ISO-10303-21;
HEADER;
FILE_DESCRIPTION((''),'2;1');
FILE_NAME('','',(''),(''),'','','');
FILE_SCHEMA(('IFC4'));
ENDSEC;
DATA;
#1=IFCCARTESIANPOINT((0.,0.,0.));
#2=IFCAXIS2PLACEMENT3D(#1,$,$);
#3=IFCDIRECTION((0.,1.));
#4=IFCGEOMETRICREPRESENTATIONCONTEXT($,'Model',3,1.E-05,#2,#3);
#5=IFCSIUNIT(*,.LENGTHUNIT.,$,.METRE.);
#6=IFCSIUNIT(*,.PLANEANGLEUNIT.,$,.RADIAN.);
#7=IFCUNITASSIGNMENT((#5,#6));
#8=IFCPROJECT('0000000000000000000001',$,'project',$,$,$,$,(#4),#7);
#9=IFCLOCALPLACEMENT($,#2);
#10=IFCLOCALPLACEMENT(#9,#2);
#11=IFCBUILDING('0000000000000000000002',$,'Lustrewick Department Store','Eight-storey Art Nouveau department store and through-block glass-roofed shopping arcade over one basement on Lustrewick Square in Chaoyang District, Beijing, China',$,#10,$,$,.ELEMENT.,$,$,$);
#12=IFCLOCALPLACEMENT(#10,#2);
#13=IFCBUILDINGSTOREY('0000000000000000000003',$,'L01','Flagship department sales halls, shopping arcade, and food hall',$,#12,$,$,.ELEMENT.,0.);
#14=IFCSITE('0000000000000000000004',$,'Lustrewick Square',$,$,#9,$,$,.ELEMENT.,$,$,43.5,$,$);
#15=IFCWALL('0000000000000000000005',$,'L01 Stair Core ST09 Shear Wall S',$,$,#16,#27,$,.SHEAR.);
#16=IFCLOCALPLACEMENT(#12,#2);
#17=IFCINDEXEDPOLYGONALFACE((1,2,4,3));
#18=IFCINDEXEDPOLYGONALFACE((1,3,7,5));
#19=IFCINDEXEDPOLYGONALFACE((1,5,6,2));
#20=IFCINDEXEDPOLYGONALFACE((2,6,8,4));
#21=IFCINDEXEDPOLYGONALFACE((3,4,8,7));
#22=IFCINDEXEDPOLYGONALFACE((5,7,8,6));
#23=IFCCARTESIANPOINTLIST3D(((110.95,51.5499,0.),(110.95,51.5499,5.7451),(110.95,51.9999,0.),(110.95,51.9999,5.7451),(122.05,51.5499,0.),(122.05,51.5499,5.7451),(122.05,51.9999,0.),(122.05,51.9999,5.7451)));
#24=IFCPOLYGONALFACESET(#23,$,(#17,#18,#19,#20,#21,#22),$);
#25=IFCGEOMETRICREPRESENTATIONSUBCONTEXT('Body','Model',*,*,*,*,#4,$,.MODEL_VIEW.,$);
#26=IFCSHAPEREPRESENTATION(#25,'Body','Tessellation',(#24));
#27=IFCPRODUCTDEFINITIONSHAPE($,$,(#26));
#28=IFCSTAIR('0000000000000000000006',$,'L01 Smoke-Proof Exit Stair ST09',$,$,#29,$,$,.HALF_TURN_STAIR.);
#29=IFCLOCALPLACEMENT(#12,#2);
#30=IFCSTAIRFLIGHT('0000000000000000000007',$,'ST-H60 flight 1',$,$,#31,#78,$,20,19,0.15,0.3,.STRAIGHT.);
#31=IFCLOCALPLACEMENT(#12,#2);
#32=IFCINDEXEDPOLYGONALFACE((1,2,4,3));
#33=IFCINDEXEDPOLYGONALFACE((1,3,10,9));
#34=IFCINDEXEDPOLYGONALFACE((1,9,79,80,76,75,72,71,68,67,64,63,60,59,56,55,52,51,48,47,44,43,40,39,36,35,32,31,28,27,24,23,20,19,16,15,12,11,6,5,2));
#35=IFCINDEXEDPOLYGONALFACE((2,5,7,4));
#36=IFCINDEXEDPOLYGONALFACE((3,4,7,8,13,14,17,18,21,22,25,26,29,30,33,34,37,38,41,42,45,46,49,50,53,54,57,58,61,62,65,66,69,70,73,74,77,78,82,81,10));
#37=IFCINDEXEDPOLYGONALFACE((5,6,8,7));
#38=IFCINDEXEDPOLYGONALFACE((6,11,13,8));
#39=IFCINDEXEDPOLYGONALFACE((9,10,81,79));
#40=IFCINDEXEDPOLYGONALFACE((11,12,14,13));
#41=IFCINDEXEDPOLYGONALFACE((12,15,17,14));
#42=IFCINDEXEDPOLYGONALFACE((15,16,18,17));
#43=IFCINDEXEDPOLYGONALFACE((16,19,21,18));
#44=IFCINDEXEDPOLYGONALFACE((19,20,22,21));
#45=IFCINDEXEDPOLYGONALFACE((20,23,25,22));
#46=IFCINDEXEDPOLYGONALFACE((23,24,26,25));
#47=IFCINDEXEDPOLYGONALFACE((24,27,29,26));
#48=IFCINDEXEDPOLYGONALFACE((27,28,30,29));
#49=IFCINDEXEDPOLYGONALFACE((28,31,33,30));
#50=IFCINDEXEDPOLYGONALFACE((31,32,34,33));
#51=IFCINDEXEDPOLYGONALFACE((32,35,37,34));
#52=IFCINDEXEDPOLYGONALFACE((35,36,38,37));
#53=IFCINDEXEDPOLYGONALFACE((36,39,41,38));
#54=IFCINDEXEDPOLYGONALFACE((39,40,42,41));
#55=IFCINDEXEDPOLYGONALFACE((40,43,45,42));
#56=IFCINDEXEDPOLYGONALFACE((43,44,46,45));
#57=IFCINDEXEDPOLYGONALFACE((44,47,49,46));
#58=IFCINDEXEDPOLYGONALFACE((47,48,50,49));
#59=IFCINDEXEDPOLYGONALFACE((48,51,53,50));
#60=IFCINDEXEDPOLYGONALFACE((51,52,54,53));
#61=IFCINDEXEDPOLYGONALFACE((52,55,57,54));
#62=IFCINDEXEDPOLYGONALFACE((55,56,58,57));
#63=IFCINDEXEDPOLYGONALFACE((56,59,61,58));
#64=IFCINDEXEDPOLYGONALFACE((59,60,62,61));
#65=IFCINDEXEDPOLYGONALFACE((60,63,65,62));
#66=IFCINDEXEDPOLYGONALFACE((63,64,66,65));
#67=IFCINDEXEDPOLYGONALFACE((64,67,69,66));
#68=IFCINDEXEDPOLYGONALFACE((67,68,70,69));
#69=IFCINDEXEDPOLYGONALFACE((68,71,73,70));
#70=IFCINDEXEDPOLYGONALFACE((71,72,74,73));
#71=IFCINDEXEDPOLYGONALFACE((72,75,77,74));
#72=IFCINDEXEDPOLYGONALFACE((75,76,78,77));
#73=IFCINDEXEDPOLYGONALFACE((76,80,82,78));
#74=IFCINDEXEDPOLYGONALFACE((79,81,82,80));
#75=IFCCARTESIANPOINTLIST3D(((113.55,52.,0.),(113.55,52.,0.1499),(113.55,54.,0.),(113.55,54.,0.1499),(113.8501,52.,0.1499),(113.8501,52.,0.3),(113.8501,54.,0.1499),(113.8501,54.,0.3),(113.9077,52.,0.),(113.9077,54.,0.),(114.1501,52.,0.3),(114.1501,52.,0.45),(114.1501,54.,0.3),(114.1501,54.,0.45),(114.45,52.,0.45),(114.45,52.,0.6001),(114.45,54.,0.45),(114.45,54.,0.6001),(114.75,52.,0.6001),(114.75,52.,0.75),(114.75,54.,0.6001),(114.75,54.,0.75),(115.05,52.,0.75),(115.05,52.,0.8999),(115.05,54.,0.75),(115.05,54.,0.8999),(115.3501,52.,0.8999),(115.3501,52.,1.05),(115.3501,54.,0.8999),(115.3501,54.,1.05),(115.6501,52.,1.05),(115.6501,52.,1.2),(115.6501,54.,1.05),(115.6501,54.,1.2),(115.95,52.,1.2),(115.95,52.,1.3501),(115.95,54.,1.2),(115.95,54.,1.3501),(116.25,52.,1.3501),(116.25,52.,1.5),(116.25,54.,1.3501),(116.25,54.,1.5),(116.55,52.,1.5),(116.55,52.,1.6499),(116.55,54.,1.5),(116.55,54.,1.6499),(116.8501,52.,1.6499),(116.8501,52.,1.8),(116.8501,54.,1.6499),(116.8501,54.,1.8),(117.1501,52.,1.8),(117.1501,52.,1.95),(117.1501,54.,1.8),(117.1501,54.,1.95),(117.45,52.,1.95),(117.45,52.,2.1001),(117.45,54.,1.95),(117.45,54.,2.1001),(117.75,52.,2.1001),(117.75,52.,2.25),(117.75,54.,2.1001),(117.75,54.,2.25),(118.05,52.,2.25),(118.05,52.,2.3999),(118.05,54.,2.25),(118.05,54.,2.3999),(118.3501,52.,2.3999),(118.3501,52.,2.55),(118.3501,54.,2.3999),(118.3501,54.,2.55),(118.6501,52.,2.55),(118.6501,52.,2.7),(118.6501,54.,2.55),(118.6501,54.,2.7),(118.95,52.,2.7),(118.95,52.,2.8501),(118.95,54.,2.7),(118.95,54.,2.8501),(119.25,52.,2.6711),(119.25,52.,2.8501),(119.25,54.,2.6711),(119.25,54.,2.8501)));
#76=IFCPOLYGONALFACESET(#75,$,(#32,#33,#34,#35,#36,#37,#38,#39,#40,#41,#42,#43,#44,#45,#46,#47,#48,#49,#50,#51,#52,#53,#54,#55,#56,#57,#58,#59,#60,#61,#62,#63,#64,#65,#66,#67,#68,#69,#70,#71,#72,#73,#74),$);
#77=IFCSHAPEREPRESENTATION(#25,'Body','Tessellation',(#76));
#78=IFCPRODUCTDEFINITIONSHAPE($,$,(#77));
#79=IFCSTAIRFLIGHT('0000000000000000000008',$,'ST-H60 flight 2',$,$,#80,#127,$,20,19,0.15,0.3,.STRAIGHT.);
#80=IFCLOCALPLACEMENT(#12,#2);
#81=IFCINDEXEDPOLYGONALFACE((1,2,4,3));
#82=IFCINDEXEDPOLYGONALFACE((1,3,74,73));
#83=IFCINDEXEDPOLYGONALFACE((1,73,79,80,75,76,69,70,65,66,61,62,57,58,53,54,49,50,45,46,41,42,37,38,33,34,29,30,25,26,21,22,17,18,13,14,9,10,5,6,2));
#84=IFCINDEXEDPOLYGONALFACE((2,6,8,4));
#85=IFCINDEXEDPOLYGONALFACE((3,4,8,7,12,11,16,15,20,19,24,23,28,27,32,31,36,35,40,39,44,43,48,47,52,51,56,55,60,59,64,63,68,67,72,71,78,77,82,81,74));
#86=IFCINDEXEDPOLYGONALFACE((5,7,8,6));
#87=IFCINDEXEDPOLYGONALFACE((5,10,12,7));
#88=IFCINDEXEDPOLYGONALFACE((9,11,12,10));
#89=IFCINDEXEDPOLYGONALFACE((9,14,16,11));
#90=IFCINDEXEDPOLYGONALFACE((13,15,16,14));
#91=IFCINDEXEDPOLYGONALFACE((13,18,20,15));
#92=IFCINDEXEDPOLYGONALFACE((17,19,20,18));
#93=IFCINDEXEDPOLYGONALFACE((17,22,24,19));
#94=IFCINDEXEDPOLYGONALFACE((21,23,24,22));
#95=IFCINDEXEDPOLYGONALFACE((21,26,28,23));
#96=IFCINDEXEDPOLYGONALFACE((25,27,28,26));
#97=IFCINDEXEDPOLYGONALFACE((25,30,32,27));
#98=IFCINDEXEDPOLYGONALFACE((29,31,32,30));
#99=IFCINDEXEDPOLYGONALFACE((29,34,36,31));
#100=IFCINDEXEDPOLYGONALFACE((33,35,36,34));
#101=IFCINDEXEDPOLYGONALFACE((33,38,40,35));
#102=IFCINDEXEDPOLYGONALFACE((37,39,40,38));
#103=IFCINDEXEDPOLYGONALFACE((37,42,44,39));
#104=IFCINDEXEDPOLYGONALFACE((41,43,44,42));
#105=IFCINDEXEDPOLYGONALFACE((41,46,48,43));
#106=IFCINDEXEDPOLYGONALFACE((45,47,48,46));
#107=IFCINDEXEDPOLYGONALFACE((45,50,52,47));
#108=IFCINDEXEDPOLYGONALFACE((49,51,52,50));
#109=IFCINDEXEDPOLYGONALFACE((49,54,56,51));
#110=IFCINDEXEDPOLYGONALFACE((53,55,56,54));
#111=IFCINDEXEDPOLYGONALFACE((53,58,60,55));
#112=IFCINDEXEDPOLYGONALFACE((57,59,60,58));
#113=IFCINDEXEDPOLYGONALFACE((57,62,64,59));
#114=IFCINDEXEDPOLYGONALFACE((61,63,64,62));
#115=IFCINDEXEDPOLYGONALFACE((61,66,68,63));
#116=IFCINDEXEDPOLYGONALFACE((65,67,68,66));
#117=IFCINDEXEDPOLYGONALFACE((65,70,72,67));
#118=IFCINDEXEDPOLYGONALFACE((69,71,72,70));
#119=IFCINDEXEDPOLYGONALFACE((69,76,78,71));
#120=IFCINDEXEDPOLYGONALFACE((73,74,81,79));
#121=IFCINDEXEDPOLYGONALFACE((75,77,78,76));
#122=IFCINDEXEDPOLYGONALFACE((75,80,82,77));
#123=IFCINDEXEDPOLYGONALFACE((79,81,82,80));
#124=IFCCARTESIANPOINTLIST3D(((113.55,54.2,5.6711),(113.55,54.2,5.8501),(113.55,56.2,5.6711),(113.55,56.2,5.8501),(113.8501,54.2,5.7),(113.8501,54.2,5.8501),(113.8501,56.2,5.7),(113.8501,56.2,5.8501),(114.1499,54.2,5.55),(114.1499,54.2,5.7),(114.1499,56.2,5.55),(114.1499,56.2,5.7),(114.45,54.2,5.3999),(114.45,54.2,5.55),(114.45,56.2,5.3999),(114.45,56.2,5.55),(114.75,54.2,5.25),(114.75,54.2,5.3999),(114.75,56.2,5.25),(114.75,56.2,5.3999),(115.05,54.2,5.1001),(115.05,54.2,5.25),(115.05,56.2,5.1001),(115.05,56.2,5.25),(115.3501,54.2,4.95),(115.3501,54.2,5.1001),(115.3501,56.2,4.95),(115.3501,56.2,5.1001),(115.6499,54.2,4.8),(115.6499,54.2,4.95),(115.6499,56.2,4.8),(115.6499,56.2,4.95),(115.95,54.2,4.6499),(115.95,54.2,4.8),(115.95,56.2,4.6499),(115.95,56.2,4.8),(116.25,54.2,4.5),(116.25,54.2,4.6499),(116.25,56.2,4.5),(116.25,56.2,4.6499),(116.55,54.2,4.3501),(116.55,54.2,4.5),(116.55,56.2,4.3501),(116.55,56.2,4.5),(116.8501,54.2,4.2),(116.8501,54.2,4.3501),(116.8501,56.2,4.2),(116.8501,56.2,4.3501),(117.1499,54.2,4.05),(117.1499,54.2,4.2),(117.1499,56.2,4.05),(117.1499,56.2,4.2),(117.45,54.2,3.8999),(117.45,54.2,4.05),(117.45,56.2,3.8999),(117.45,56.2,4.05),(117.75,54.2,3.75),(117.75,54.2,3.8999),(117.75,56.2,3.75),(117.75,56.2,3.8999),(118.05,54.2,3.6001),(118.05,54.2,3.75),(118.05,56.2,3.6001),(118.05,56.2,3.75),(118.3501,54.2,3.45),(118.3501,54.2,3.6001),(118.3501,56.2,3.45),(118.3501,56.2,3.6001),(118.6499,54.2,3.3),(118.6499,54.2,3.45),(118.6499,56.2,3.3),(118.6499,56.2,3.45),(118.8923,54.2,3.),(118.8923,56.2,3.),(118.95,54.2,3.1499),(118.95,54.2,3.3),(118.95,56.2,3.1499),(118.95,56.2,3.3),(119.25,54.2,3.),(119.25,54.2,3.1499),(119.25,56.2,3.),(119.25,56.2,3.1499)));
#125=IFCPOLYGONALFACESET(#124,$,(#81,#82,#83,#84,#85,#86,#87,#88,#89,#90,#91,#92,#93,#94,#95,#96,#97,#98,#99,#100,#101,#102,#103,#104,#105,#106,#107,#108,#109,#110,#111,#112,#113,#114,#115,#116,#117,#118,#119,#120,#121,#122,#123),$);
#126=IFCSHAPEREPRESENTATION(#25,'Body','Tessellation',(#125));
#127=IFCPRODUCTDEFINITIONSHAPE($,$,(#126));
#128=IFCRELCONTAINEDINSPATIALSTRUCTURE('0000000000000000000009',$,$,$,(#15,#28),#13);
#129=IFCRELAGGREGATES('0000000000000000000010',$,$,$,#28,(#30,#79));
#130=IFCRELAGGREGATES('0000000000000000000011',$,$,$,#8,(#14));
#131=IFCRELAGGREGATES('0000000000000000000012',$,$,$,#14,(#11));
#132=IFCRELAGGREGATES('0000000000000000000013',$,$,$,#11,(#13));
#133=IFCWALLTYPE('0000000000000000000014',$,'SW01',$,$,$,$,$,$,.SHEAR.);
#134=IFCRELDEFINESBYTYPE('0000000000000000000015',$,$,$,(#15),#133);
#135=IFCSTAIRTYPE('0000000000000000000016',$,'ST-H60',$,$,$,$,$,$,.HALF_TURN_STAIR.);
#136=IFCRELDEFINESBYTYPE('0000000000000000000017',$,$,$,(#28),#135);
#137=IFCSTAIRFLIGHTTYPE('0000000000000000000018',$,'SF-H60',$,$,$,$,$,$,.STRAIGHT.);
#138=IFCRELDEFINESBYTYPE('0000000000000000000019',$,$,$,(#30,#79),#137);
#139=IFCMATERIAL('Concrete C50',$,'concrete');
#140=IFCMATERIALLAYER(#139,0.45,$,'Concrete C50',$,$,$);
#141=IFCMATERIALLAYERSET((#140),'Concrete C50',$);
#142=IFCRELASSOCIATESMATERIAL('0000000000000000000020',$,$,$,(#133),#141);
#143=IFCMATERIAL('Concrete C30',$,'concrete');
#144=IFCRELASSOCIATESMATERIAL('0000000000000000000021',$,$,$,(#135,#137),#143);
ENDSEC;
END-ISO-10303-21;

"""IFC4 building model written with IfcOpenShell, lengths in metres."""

from ifc_helpers import new_model, si_unit, direction, frame, frame_2d, origin, place, context, subcontext, project, spatial, polyline, rectangle, outline, extrude, material, layer, layer_set, type_object, element, aggregate, save


model = new_model("IFC4")

# Units and contexts
model_context = context("Model", 3, precision=1e-05, world=origin(), true_north=direction((0.0, 1.0)))
body_context = subcontext(model_context, "Body", "Model", "MODEL_VIEW")
ifc_project = project(units=[si_unit("LENGTHUNIT", "METRE"), si_unit("PLANEANGLEUNIT", "RADIAN")], contexts=[model_context])

# Site, building, storey
site_placement = place(None, origin())
site = spatial("IfcSite", under=ifc_project, at=site_placement, Name="Lustrewick Square", CompositionType="ELEMENT", RefElevation=43.5)
building_placement = place(site_placement, origin())
building = spatial("IfcBuilding", under=site, at=building_placement, Name="Lustrewick Department Store", Description="Eight-storey Art Nouveau department store and through-block glass-roofed shopping arcade over one basement on Lustrewick Square in Chaoyang District, Beijing, China", CompositionType="ELEMENT")
storey_placement = place(building_placement, origin())
storey = spatial("IfcBuildingStorey", under=building, at=storey_placement, Name="L01", Description="Flagship department sales halls, shopping arcade, and food hall", CompositionType="ELEMENT", Elevation=0.0)

# Wall
ifc_material_1 = material(Name="Concrete C50", Category="concrete")
ifc_layer_1 = layer(ifc_material_1, 0.45, Name="Concrete C50")
ifc_layer_set_1 = layer_set([ifc_layer_1], Name="Concrete C50")
wall_type_1 = type_object("IfcWallType", Name="SW01", PredefinedType="SHEAR", material=ifc_layer_set_1)
wall_1_placement = place(storey_placement, frame((110.95, 51.7749, 0.0), z_axis=(0.0, 0.0, 1.0), x_axis=(1.0, 0.0, 0.0)))
element("IfcWall", 1, at=wall_1_placement, inside=storey, type_object=wall_type_1, Name="L01 Stair Core ST09 Shear Wall S", PredefinedType="SHEAR", context=body_context, shape_type="SweptSolid", body=[
    extrude(rectangle(XDim=11.1001, YDim=0.45, at=frame_2d((5.55, 0.0))), origin(), (0.0, 0.0, 1.0), 5.7451),
])

# Stair, stair flights
ifc_material_2 = material(Name="Concrete C30", Category="concrete")
stair_type = type_object("IfcStairType", Name="ST-H60", PredefinedType="HALF_TURN_STAIR", material=ifc_material_2)
stair_placement = place(storey_placement, origin())
stair = element("IfcStair", 2, at=stair_placement, inside=storey, type_object=stair_type, Name="L01 Smoke-Proof Exit Stair ST09", PredefinedType="HALF_TURN_STAIR")
stair_flight_type = type_object("IfcStairFlightType", Name="SF-H60", PredefinedType="STRAIGHT", material=ifc_material_2)
stair_flight_1_placement = place(storey_placement, frame((113.55, 53.0, 0.0), z_axis=(0.0, 0.0, 1.0), x_axis=(1.0, 0.0, 0.0)))
stair_flight_1 = element("IfcStairFlight", 3, at=stair_flight_1_placement, type_object=stair_flight_type, Name="ST-H60 flight 1", NumberOfRisers=20, NumberOfTreads=19, PredefinedType="STRAIGHT", RiserHeight=0.15, TreadLength=0.3, context=body_context, shape_type="SweptSolid", body=[
    extrude(outline(polyline([(0.0, 0.0), (0.0, 0.1499), (0.3, 0.1499), (0.3, 0.3), (0.6001, 0.3), (0.6001, 0.45), (0.8999, 0.45), (0.8999, 0.6001), (1.2, 0.6001), (1.2, 0.75), (1.5, 0.75), (1.5, 0.8999), (1.8, 0.8999), (1.8, 1.05), (2.1001, 1.05), (2.1001, 1.2), (2.3999, 1.2), (2.3999, 1.3501), (2.7, 1.3501), (2.7, 1.5), (3.0, 1.5), (3.0, 1.6499), (3.3, 1.6499), (3.3, 1.8), (3.6001, 1.8), (3.6001, 1.95), (3.8999, 1.95), (3.8999, 2.1001), (4.2, 2.1001), (4.2, 2.25), (4.5, 2.25), (4.5, 2.3999), (4.8, 2.3999), (4.8, 2.55), (5.1001, 2.55), (5.1001, 2.7), (5.3999, 2.7), (5.3999, 2.8501), (5.7, 2.8501), (5.7, 3.0), (5.7, 2.6711), (0.3577, 0.0), (0.0, 0.0)])), frame((0.0, 1.0, 0.0), z_axis=(0.0, -1.0, 0.0), x_axis=(1.0, 0.0, 0.0)), (0.0, 0.0, 1.0), 2.0),
])
stair_flight_2_placement = place(storey_placement, frame((119.25, 55.2, 3.0), z_axis=(0.0, 0.0, 1.0), x_axis=(-1.0, 0.0, 0.0)))
stair_flight_2 = element("IfcStairFlight", 4, at=stair_flight_2_placement, type_object=stair_flight_type, Name="ST-H60 flight 2", NumberOfRisers=20, NumberOfTreads=19, PredefinedType="STRAIGHT", RiserHeight=0.15, TreadLength=0.3, context=body_context, shape_type="SweptSolid", body=[
    extrude(outline(polyline([(0.0, 0.0), (0.0, 0.1499), (0.3, 0.1499), (0.3, 0.3), (0.6001, 0.3), (0.6001, 0.45), (0.8999, 0.45), (0.8999, 0.6001), (1.2, 0.6001), (1.2, 0.75), (1.5, 0.75), (1.5, 0.8999), (1.8, 0.8999), (1.8, 1.05), (2.1001, 1.05), (2.1001, 1.2), (2.3999, 1.2), (2.3999, 1.3501), (2.7, 1.3501), (2.7, 1.5), (3.0, 1.5), (3.0, 1.6499), (3.3, 1.6499), (3.3, 1.8), (3.6001, 1.8), (3.6001, 1.95), (3.8999, 1.95), (3.8999, 2.1001), (4.2, 2.1001), (4.2, 2.25), (4.5, 2.25), (4.5, 2.3999), (4.8, 2.3999), (4.8, 2.55), (5.1001, 2.55), (5.1001, 2.7), (5.3999, 2.7), (5.3999, 2.8501), (5.7, 2.8501), (5.7, 3.0), (5.7, 2.6711), (0.3577, 0.0), (0.0, 0.0)])), frame((0.0, 1.0, 0.0), z_axis=(0.0, -1.0, 0.0), x_axis=(1.0, 0.0, 0.0)), (0.0, 0.0, 1.0), 2.0),
])
aggregate(stair, [stair_flight_1, stair_flight_2])

save(model, "model.ifc")
